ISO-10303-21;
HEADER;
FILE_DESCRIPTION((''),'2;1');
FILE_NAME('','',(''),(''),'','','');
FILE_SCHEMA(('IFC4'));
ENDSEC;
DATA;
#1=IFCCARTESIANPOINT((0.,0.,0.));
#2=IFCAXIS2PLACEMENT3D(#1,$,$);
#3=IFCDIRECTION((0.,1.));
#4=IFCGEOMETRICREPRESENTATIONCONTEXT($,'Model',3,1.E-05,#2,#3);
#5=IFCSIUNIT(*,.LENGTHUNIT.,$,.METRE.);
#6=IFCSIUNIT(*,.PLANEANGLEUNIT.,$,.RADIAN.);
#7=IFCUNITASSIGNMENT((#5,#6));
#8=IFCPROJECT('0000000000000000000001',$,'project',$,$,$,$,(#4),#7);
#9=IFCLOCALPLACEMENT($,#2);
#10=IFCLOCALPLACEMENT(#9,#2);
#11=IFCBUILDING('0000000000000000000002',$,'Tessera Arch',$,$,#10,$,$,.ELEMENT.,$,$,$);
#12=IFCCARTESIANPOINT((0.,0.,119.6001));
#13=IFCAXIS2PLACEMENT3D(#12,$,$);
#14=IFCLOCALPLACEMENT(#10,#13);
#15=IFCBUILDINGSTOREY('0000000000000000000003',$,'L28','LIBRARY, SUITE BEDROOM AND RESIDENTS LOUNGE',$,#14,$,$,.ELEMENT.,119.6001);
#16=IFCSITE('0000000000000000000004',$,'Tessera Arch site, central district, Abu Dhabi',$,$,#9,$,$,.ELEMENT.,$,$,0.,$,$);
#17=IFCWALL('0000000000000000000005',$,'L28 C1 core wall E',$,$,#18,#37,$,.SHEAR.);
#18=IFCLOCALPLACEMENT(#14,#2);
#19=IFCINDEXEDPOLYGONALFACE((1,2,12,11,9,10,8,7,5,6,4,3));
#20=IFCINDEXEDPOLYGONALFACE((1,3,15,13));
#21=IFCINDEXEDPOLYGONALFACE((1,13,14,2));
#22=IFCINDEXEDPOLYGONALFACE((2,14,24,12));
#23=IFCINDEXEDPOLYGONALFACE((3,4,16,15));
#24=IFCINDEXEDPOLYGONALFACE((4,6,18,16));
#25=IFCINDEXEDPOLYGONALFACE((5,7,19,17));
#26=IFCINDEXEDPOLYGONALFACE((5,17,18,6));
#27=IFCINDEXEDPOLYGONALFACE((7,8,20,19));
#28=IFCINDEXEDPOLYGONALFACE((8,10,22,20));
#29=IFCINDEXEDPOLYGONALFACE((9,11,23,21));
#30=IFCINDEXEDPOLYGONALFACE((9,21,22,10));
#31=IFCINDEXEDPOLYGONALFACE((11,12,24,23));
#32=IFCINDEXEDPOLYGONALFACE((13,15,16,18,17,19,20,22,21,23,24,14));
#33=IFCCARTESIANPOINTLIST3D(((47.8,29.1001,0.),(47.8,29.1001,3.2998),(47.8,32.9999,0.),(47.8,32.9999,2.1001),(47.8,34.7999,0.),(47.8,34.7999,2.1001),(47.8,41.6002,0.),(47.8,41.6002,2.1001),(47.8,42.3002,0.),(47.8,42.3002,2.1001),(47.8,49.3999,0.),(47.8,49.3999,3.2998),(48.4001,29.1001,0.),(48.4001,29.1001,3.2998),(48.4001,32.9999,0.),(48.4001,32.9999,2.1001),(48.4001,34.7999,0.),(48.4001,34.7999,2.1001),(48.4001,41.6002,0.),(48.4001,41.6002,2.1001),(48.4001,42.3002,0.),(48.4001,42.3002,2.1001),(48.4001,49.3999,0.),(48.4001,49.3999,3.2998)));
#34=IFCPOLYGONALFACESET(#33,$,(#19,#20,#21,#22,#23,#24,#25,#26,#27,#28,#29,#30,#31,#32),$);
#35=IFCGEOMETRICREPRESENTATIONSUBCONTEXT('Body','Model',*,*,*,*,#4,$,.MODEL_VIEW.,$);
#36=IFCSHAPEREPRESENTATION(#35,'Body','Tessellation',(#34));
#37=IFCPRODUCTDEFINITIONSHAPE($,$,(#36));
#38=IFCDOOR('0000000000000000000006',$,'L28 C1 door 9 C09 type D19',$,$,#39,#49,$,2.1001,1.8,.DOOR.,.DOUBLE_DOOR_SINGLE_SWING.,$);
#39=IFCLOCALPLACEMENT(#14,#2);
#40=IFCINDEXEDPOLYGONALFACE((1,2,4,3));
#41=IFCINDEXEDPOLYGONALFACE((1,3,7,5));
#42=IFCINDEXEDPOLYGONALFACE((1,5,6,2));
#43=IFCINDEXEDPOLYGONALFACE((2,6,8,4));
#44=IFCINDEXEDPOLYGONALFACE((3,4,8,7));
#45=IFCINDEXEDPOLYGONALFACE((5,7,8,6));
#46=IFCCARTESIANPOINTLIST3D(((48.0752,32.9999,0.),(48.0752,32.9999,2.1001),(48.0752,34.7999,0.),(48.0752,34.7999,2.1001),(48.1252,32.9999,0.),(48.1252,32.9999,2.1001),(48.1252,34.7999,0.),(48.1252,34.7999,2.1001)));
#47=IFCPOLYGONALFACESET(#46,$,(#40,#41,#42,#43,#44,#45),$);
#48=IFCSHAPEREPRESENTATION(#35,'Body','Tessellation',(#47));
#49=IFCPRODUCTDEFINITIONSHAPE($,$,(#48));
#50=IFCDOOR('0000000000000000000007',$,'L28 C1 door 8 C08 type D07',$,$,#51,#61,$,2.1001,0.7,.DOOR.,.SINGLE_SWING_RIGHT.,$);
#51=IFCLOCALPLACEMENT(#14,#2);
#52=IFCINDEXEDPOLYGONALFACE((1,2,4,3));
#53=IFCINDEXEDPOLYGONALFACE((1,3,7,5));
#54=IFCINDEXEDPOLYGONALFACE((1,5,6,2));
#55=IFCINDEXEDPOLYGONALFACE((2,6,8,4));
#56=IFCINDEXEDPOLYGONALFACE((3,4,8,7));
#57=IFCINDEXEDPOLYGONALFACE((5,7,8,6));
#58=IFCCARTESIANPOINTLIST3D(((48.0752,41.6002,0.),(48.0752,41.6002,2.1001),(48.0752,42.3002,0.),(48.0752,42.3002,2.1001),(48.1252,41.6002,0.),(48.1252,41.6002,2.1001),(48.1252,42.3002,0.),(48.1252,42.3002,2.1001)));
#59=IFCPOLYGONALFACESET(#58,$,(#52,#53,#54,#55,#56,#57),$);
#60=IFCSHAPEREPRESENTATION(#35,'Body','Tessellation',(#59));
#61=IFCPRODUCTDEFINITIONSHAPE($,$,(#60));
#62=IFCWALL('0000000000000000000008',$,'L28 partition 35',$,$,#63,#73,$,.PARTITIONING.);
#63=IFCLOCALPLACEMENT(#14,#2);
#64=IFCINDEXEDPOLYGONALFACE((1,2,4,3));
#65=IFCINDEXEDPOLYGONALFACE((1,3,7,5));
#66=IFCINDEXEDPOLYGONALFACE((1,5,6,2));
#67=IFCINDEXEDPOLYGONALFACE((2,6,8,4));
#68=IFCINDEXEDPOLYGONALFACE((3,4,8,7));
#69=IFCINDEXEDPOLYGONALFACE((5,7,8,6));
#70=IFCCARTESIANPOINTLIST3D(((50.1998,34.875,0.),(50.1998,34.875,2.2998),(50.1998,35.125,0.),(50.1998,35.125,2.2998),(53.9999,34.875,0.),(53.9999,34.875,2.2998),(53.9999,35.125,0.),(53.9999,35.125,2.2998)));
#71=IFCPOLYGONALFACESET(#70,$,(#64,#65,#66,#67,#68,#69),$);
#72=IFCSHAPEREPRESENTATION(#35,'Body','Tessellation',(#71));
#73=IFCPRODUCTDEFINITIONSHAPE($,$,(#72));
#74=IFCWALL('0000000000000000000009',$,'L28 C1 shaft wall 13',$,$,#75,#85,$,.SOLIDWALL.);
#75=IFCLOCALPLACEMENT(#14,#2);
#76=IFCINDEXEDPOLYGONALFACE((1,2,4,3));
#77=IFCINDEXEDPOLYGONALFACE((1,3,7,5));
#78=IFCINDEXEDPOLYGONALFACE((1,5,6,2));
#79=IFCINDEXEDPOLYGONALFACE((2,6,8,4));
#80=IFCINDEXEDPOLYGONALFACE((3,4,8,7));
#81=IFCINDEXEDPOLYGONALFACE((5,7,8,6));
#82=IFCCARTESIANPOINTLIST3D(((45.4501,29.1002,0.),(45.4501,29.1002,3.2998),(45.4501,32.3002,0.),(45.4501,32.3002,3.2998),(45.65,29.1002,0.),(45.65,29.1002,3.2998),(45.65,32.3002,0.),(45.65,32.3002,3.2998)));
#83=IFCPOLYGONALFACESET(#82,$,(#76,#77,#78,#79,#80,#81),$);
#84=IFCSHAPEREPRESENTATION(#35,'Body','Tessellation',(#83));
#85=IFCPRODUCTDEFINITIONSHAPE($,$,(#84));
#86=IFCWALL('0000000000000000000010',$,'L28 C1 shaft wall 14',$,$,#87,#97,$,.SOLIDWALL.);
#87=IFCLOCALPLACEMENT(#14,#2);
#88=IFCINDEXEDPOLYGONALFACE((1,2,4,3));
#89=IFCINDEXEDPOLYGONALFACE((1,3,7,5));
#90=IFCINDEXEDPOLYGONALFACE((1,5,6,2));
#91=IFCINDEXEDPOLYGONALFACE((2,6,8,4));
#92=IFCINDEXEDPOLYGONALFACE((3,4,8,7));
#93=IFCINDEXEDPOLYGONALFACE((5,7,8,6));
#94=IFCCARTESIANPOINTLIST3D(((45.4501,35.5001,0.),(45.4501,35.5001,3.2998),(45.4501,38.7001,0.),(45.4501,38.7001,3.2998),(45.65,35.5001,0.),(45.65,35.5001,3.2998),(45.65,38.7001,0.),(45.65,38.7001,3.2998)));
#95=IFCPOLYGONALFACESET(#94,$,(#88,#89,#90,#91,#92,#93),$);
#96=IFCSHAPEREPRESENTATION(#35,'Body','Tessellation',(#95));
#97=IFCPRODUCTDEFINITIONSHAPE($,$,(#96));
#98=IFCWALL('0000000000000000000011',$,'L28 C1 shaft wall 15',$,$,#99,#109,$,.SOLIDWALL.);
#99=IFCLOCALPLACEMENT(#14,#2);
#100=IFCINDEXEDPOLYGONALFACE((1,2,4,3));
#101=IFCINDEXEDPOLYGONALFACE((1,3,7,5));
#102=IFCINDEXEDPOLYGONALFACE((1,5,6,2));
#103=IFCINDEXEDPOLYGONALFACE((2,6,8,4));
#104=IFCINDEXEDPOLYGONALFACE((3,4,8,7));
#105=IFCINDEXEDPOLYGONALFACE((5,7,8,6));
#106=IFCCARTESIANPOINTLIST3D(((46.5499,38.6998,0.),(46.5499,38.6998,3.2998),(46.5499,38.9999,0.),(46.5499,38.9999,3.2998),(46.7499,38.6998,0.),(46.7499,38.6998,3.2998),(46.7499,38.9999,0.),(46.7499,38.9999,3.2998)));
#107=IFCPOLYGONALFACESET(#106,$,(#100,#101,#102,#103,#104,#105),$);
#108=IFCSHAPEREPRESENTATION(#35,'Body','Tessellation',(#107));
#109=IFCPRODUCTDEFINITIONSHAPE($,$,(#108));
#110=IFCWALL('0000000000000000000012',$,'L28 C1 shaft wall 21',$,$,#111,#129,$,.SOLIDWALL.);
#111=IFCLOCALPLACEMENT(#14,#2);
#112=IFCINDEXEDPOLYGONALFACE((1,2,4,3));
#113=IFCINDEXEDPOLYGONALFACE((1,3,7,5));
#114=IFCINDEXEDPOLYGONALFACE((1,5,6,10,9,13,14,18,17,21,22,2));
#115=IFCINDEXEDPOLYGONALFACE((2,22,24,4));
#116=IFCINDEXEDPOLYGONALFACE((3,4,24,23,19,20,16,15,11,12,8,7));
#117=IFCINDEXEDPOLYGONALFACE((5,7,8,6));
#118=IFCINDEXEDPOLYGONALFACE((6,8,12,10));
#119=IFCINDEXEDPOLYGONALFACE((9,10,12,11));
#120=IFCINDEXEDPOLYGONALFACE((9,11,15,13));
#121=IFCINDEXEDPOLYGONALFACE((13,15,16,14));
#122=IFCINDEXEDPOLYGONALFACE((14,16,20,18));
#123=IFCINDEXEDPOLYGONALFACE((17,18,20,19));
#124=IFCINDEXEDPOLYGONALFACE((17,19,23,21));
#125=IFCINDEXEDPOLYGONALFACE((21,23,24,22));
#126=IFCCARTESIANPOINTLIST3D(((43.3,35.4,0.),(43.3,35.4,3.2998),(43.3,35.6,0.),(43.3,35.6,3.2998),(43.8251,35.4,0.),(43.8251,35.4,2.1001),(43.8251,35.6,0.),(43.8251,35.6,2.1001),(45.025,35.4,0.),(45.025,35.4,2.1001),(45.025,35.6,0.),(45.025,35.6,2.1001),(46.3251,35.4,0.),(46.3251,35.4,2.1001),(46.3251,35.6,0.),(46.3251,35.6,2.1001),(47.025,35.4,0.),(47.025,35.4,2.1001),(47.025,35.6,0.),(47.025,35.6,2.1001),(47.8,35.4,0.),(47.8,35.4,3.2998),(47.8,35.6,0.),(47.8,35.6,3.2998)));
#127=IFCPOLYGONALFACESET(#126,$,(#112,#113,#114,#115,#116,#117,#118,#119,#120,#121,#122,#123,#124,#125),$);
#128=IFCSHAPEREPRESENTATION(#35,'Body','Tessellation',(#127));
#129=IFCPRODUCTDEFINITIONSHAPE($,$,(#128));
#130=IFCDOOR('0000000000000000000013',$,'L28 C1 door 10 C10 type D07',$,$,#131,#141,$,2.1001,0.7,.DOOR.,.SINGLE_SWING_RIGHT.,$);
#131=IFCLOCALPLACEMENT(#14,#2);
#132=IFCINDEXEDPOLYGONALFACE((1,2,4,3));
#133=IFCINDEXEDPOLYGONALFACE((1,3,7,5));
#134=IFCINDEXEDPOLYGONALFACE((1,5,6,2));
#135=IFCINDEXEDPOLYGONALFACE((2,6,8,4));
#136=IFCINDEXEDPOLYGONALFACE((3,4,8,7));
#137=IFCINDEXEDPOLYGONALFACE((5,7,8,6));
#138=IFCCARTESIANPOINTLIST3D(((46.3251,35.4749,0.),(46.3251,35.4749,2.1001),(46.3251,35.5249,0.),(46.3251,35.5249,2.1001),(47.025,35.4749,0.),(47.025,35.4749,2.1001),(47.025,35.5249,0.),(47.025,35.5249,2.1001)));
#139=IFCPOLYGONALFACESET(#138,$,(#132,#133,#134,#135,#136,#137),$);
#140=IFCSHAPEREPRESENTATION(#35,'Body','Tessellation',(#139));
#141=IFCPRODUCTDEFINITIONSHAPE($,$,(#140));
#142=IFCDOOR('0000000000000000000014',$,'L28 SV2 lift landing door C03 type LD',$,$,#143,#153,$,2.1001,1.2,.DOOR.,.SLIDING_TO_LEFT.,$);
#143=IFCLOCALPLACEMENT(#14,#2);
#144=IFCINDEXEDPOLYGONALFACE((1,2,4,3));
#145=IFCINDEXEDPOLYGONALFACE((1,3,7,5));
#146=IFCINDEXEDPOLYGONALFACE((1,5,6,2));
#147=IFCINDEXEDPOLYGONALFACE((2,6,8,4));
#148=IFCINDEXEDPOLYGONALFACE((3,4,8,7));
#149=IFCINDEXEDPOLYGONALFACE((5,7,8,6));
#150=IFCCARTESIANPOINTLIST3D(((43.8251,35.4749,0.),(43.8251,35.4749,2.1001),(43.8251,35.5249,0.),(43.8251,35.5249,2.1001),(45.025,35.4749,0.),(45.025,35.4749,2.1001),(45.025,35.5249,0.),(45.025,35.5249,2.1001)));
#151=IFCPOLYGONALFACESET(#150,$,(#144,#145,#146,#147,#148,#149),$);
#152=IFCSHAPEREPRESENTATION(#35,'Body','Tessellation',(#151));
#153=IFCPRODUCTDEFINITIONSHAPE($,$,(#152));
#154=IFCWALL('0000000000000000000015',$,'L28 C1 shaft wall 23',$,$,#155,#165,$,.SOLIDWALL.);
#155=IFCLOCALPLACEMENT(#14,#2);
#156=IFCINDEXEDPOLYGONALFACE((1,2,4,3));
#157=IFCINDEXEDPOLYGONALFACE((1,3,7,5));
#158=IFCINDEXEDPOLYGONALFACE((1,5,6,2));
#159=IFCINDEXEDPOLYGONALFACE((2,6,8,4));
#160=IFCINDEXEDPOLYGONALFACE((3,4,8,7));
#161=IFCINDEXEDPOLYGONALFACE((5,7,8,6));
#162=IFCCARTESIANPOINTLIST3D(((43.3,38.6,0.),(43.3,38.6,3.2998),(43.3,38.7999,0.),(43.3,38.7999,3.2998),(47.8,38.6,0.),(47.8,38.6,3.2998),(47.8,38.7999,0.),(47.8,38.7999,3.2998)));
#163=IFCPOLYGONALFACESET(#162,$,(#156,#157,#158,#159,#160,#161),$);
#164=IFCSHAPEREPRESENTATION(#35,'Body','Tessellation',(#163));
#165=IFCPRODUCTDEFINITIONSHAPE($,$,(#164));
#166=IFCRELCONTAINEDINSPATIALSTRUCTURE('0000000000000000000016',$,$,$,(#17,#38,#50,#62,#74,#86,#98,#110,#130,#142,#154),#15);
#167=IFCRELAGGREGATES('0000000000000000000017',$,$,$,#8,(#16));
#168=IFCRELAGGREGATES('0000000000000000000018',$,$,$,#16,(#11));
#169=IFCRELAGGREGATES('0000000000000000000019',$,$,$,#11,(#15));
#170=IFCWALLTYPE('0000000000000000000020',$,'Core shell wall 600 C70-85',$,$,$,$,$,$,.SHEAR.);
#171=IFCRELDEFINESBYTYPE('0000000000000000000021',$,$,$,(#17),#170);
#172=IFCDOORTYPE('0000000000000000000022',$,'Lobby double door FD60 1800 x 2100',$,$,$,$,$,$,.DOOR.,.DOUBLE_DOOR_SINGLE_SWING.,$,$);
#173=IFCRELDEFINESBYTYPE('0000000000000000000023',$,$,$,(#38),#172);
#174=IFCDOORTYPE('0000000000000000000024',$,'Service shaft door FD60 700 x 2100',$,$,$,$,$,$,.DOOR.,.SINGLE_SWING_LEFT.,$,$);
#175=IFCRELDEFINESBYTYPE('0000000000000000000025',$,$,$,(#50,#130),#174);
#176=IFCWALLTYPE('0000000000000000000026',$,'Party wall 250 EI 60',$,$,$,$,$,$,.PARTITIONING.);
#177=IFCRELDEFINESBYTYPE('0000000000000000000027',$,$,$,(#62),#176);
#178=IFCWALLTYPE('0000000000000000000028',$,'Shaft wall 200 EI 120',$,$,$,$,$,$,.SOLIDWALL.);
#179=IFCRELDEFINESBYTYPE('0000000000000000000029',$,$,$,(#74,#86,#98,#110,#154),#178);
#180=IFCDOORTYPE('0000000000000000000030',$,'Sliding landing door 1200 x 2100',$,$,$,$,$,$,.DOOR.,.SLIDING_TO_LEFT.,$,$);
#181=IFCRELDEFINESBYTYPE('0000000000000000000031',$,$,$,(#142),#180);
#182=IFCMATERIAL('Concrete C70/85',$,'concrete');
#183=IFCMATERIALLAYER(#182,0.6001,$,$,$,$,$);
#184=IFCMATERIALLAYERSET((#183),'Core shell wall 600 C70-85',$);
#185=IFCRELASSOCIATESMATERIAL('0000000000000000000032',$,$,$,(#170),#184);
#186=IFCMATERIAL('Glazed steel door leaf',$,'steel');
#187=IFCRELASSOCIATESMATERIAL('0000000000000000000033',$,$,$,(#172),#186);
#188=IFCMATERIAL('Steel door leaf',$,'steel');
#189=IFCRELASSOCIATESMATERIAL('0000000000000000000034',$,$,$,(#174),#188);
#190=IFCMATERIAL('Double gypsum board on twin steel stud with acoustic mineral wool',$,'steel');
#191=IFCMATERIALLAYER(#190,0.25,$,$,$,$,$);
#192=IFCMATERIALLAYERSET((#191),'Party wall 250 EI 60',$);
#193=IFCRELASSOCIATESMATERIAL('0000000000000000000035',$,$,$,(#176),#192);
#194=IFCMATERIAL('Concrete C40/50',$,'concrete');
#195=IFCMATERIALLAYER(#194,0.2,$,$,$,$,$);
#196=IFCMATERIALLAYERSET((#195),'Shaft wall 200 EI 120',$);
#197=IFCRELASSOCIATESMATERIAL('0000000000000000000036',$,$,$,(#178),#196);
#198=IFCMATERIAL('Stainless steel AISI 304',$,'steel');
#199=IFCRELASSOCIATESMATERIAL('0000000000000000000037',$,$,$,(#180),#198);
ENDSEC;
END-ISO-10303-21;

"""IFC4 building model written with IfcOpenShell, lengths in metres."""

from ifc_helpers import new_model, si_unit, direction, frame, frame_2d, origin, place, context, subcontext, project, spatial, rectangle, extrude, material, layer, layer_set, type_object, element, fill, save


model = new_model("IFC4")

# Units and contexts
model_context = context("Model", 3, precision=1e-05, world=origin(), true_north=direction((0.0, 1.0)))
body_context = subcontext(model_context, "Body", "Model", "MODEL_VIEW")
ifc_project = project(units=[si_unit("LENGTHUNIT", "METRE"), si_unit("PLANEANGLEUNIT", "RADIAN")], contexts=[model_context])

# Site, building, storey
site_placement = place(None, origin())
site = spatial("IfcSite", under=ifc_project, at=site_placement, Name="Tessera Arch site, central district, Abu Dhabi", CompositionType="ELEMENT", RefElevation=0.0)
building_placement = place(site_placement, origin())
building = spatial("IfcBuilding", under=site, at=building_placement, Name="Tessera Arch", CompositionType="ELEMENT")
storey_placement = place(building_placement, frame((0.0, 0.0, 119.6001)))
storey = spatial("IfcBuildingStorey", under=building, at=storey_placement, Name="L28", Description="LIBRARY, SUITE BEDROOM AND RESIDENTS LOUNGE", CompositionType="ELEMENT", Elevation=119.6001)

# Wall, openings, doors
ifc_material_1 = material(Name="Concrete C70/85", Category="concrete")
ifc_layer_1 = layer(ifc_material_1, 0.6001)
ifc_layer_set_1 = layer_set([ifc_layer_1], Name="Core shell wall 600 C70-85")
wall_type_1 = type_object("IfcWallType", Name="Core shell wall 600 C70-85", PredefinedType="SHEAR", material=ifc_layer_set_1)
wall_1_placement = place(storey_placement, frame((48.1001, 29.1001, 0.0), z_axis=(0.0, 0.0, 1.0), x_axis=(0.0, 1.0, 0.0)))
wall_1 = element("IfcWall", 1, at=wall_1_placement, inside=storey, type_object=wall_type_1, Name="L28 C1 core wall E", PredefinedType="SHEAR", context=body_context, shape_type="SweptSolid", body=[
    extrude(rectangle(XDim=20.2998, YDim=0.6001, at=frame_2d((10.1499, 0.0))), origin(), (0.0, 0.0, 1.0), 3.2998),
])
opening_1_placement = place(wall_1_placement, frame((12.5, 0.0, 0.0)))
opening_1 = element("IfcOpeningElement", 2, at=opening_1_placement, cuts=wall_1, PredefinedType="OPENING", context=body_context, shape_type="SweptSolid", body=[
    extrude(rectangle(XDim=0.7, YDim=2.1001, at=frame_2d((0.3501, 1.05))), frame((0.0, 0.3101, 0.0), z_axis=(0.0, -1.0, 0.0), x_axis=(1.0, 0.0, 0.0)), (0.0, 0.0, 1.0), 0.6201),
])
opening_2_placement = place(wall_1_placement, frame((3.8999, 0.0, 0.0)))
opening_2 = element("IfcOpeningElement", 3, at=opening_2_placement, cuts=wall_1, PredefinedType="OPENING", context=body_context, shape_type="SweptSolid", body=[
    extrude(rectangle(XDim=1.8, YDim=2.1001, at=frame_2d((0.8999, 1.05))), frame((0.0, 0.3101, 0.0), z_axis=(0.0, -1.0, 0.0), x_axis=(1.0, 0.0, 0.0)), (0.0, 0.0, 1.0), 0.6201),
])
ifc_material_2 = material(Name="Glazed steel door leaf", Category="steel")
door_type_1 = type_object("IfcDoorType", Name="Lobby double door FD60 1800 x 2100", OperationType="DOUBLE_DOOR_SINGLE_SWING", PredefinedType="DOOR", material=ifc_material_2)
door_1_placement = place(opening_2_placement, origin())
door_1 = element("IfcDoor", 4, at=door_1_placement, inside=storey, type_object=door_type_1, Name="L28 C1 door 9 C09 type D19", OperationType="DOUBLE_DOOR_SINGLE_SWING", OverallHeight=2.1001, OverallWidth=1.8, PredefinedType="DOOR", context=body_context, shape_type="SweptSolid", body=[
    extrude(rectangle(XDim=1.8, YDim=2.1001, at=frame_2d((0.8999, 1.05))), frame((0.0, 0.0249, 0.0), z_axis=(0.0, -1.0, 0.0), x_axis=(1.0, 0.0, 0.0)), (0.0, 0.0, 1.0), 0.05),
])
fill(opening_2, door_1)
ifc_material_3 = material(Name="Steel door leaf", Category="steel")
door_type_2 = type_object("IfcDoorType", Name="Service shaft door FD60 700 x 2100", OperationType="SINGLE_SWING_LEFT", PredefinedType="DOOR", material=ifc_material_3)
door_2_placement = place(opening_1_placement, origin())
door_2 = element("IfcDoor", 5, at=door_2_placement, inside=storey, type_object=door_type_2, Name="L28 C1 door 8 C08 type D07", OperationType="SINGLE_SWING_RIGHT", OverallHeight=2.1001, OverallWidth=0.7, PredefinedType="DOOR", context=body_context, shape_type="SweptSolid", body=[
    extrude(rectangle(XDim=0.7, YDim=2.1001, at=frame_2d((0.3501, 1.05))), frame((0.0, 0.0249, 0.0), z_axis=(0.0, -1.0, 0.0), x_axis=(1.0, 0.0, 0.0)), (0.0, 0.0, 1.0), 0.05),
])
fill(opening_1, door_2)

# Walls
ifc_material_4 = material(Name="Double gypsum board on twin steel stud with acoustic mineral wool", Category="steel")
ifc_layer_2 = layer(ifc_material_4, 0.25)
ifc_layer_set_2 = layer_set([ifc_layer_2], Name="Party wall 250 EI 60")
wall_type_2 = type_object("IfcWallType", Name="Party wall 250 EI 60", PredefinedType="PARTITIONING", material=ifc_layer_set_2)
wall_2_placement = place(storey_placement, frame((50.2, 35.0, 0.0), z_axis=(0.0, 0.0, 1.0), x_axis=(1.0, 0.0, 0.0)))
element("IfcWall", 6, at=wall_2_placement, inside=storey, type_object=wall_type_2, Name="L28 partition 35", PredefinedType="PARTITIONING", context=body_context, shape_type="SweptSolid", body=[
    extrude(rectangle(XDim=3.8, YDim=0.25, at=frame_2d((1.8999, 0.0))), origin(), (0.0, 0.0, 1.0), 2.2998),
])
ifc_material_5 = material(Name="Concrete C40/50", Category="concrete")
ifc_layer_3 = layer(ifc_material_5, 0.2)
ifc_layer_set_3 = layer_set([ifc_layer_3], Name="Shaft wall 200 EI 120")
wall_type_3 = type_object("IfcWallType", Name="Shaft wall 200 EI 120", PredefinedType="SOLIDWALL", material=ifc_layer_set_3)
for number, where, z_axis, x_axis, name in (
    (7, (45.55, 29.1001, 0.0), (0.0, 0.0, 1.0), (0.0, 1.0, 0.0), "L28 C1 shaft wall 13"),
    (8, (45.55, 35.5, 0.0), (0.0, 0.0, 1.0), (0.0, 1.0, 0.0), "L28 C1 shaft wall 14"),
):
    element("IfcWall", number, at=place(storey_placement, frame(where, z_axis=z_axis, x_axis=x_axis)), inside=storey, type_object=wall_type_3, Name=name, PredefinedType="SOLIDWALL", context=body_context, shape_type="SweptSolid", body=[
        extrude(rectangle(XDim=3.2, YDim=0.2, at=frame_2d((1.6001, 0.0))), origin(), (0.0, 0.0, 1.0), 3.2998),
    ])
wall_3_placement = place(storey_placement, frame((46.6499, 38.7, 0.0), z_axis=(0.0, 0.0, 1.0), x_axis=(0.0, 1.0, 0.0)))
element("IfcWall", 9, at=wall_3_placement, inside=storey, type_object=wall_type_3, Name="L28 C1 shaft wall 15", PredefinedType="SOLIDWALL", context=body_context, shape_type="SweptSolid", body=[
    extrude(rectangle(XDim=0.3, YDim=0.2, at=frame_2d((0.1499, 0.0))), origin(), (0.0, 0.0, 1.0), 3.2998),
])

# Wall, openings, doors
wall_4_placement = place(storey_placement, frame((43.3, 35.5, 0.0), z_axis=(0.0, 0.0, 1.0), x_axis=(1.0, 0.0, 0.0)))
wall_4 = element("IfcWall", 10, at=wall_4_placement, inside=storey, type_object=wall_type_3, Name="L28 C1 shaft wall 21", PredefinedType="SOLIDWALL", context=body_context, shape_type="SweptSolid", body=[
    extrude(rectangle(XDim=4.5, YDim=0.2, at=frame_2d((2.25, 0.0))), origin(), (0.0, 0.0, 1.0), 3.2998),
])
opening_3_placement = place(wall_4_placement, frame((0.5249, 0.0, 0.0)))
opening_3 = element("IfcOpeningElement", 11, at=opening_3_placement, cuts=wall_4, PredefinedType="OPENING", context=body_context, shape_type="SweptSolid", body=[
    extrude(rectangle(XDim=1.2, YDim=2.1001, at=frame_2d((0.6001, 1.05))), frame((0.0, 0.1099, 0.0), z_axis=(0.0, -1.0, 0.0), x_axis=(1.0, 0.0, 0.0)), (0.0, 0.0, 1.0), 0.22),
])
opening_4_placement = place(wall_4_placement, frame((3.0249, 0.0, 0.0)))
opening_4 = element("IfcOpeningElement", 12, at=opening_4_placement, cuts=wall_4, PredefinedType="OPENING", context=body_context, shape_type="SweptSolid", body=[
    extrude(rectangle(XDim=0.7, YDim=2.1001, at=frame_2d((0.3501, 1.05))), frame((0.0, 0.1099, 0.0), z_axis=(0.0, -1.0, 0.0), x_axis=(1.0, 0.0, 0.0)), (0.0, 0.0, 1.0), 0.22),
])
door_3_placement = place(opening_4_placement, origin())
door_3 = element("IfcDoor", 13, at=door_3_placement, inside=storey, type_object=door_type_2, Name="L28 C1 door 10 C10 type D07", OperationType="SINGLE_SWING_RIGHT", OverallHeight=2.1001, OverallWidth=0.7, PredefinedType="DOOR", context=body_context, shape_type="SweptSolid", body=[
    extrude(rectangle(XDim=0.7, YDim=2.1001, at=frame_2d((0.3501, 1.05))), frame((0.0, 0.0249, 0.0), z_axis=(0.0, -1.0, 0.0), x_axis=(1.0, 0.0, 0.0)), (0.0, 0.0, 1.0), 0.05),
])
fill(opening_4, door_3)
ifc_material_6 = material(Name="Stainless steel AISI 304", Category="steel")
door_type_3 = type_object("IfcDoorType", Name="Sliding landing door 1200 x 2100", OperationType="SLIDING_TO_LEFT", PredefinedType="DOOR", material=ifc_material_6)
door_4_placement = place(opening_3_placement, origin())
door_4 = element("IfcDoor", 14, at=door_4_placement, inside=storey, type_object=door_type_3, Name="L28 SV2 lift landing door C03 type LD", OperationType="SLIDING_TO_LEFT", OverallHeight=2.1001, OverallWidth=1.2, PredefinedType="DOOR", context=body_context, shape_type="SweptSolid", body=[
    extrude(rectangle(XDim=1.2, YDim=2.1001, at=frame_2d((0.6001, 1.05))), frame((0.0, 0.0249, 0.0), z_axis=(0.0, -1.0, 0.0), x_axis=(1.0, 0.0, 0.0)), (0.0, 0.0, 1.0), 0.05),
])
fill(opening_3, door_4)

# Wall
wall_5_placement = place(storey_placement, frame((43.3, 38.7, 0.0), z_axis=(0.0, 0.0, 1.0), x_axis=(1.0, 0.0, 0.0)))
element("IfcWall", 15, at=wall_5_placement, inside=storey, type_object=wall_type_3, Name="L28 C1 shaft wall 23", PredefinedType="SOLIDWALL", context=body_context, shape_type="SweptSolid", body=[
    extrude(rectangle(XDim=4.5, YDim=0.2, at=frame_2d((2.25, 0.0))), origin(), (0.0, 0.0, 1.0), 3.2998),
])

save(model, "model.ifc")
